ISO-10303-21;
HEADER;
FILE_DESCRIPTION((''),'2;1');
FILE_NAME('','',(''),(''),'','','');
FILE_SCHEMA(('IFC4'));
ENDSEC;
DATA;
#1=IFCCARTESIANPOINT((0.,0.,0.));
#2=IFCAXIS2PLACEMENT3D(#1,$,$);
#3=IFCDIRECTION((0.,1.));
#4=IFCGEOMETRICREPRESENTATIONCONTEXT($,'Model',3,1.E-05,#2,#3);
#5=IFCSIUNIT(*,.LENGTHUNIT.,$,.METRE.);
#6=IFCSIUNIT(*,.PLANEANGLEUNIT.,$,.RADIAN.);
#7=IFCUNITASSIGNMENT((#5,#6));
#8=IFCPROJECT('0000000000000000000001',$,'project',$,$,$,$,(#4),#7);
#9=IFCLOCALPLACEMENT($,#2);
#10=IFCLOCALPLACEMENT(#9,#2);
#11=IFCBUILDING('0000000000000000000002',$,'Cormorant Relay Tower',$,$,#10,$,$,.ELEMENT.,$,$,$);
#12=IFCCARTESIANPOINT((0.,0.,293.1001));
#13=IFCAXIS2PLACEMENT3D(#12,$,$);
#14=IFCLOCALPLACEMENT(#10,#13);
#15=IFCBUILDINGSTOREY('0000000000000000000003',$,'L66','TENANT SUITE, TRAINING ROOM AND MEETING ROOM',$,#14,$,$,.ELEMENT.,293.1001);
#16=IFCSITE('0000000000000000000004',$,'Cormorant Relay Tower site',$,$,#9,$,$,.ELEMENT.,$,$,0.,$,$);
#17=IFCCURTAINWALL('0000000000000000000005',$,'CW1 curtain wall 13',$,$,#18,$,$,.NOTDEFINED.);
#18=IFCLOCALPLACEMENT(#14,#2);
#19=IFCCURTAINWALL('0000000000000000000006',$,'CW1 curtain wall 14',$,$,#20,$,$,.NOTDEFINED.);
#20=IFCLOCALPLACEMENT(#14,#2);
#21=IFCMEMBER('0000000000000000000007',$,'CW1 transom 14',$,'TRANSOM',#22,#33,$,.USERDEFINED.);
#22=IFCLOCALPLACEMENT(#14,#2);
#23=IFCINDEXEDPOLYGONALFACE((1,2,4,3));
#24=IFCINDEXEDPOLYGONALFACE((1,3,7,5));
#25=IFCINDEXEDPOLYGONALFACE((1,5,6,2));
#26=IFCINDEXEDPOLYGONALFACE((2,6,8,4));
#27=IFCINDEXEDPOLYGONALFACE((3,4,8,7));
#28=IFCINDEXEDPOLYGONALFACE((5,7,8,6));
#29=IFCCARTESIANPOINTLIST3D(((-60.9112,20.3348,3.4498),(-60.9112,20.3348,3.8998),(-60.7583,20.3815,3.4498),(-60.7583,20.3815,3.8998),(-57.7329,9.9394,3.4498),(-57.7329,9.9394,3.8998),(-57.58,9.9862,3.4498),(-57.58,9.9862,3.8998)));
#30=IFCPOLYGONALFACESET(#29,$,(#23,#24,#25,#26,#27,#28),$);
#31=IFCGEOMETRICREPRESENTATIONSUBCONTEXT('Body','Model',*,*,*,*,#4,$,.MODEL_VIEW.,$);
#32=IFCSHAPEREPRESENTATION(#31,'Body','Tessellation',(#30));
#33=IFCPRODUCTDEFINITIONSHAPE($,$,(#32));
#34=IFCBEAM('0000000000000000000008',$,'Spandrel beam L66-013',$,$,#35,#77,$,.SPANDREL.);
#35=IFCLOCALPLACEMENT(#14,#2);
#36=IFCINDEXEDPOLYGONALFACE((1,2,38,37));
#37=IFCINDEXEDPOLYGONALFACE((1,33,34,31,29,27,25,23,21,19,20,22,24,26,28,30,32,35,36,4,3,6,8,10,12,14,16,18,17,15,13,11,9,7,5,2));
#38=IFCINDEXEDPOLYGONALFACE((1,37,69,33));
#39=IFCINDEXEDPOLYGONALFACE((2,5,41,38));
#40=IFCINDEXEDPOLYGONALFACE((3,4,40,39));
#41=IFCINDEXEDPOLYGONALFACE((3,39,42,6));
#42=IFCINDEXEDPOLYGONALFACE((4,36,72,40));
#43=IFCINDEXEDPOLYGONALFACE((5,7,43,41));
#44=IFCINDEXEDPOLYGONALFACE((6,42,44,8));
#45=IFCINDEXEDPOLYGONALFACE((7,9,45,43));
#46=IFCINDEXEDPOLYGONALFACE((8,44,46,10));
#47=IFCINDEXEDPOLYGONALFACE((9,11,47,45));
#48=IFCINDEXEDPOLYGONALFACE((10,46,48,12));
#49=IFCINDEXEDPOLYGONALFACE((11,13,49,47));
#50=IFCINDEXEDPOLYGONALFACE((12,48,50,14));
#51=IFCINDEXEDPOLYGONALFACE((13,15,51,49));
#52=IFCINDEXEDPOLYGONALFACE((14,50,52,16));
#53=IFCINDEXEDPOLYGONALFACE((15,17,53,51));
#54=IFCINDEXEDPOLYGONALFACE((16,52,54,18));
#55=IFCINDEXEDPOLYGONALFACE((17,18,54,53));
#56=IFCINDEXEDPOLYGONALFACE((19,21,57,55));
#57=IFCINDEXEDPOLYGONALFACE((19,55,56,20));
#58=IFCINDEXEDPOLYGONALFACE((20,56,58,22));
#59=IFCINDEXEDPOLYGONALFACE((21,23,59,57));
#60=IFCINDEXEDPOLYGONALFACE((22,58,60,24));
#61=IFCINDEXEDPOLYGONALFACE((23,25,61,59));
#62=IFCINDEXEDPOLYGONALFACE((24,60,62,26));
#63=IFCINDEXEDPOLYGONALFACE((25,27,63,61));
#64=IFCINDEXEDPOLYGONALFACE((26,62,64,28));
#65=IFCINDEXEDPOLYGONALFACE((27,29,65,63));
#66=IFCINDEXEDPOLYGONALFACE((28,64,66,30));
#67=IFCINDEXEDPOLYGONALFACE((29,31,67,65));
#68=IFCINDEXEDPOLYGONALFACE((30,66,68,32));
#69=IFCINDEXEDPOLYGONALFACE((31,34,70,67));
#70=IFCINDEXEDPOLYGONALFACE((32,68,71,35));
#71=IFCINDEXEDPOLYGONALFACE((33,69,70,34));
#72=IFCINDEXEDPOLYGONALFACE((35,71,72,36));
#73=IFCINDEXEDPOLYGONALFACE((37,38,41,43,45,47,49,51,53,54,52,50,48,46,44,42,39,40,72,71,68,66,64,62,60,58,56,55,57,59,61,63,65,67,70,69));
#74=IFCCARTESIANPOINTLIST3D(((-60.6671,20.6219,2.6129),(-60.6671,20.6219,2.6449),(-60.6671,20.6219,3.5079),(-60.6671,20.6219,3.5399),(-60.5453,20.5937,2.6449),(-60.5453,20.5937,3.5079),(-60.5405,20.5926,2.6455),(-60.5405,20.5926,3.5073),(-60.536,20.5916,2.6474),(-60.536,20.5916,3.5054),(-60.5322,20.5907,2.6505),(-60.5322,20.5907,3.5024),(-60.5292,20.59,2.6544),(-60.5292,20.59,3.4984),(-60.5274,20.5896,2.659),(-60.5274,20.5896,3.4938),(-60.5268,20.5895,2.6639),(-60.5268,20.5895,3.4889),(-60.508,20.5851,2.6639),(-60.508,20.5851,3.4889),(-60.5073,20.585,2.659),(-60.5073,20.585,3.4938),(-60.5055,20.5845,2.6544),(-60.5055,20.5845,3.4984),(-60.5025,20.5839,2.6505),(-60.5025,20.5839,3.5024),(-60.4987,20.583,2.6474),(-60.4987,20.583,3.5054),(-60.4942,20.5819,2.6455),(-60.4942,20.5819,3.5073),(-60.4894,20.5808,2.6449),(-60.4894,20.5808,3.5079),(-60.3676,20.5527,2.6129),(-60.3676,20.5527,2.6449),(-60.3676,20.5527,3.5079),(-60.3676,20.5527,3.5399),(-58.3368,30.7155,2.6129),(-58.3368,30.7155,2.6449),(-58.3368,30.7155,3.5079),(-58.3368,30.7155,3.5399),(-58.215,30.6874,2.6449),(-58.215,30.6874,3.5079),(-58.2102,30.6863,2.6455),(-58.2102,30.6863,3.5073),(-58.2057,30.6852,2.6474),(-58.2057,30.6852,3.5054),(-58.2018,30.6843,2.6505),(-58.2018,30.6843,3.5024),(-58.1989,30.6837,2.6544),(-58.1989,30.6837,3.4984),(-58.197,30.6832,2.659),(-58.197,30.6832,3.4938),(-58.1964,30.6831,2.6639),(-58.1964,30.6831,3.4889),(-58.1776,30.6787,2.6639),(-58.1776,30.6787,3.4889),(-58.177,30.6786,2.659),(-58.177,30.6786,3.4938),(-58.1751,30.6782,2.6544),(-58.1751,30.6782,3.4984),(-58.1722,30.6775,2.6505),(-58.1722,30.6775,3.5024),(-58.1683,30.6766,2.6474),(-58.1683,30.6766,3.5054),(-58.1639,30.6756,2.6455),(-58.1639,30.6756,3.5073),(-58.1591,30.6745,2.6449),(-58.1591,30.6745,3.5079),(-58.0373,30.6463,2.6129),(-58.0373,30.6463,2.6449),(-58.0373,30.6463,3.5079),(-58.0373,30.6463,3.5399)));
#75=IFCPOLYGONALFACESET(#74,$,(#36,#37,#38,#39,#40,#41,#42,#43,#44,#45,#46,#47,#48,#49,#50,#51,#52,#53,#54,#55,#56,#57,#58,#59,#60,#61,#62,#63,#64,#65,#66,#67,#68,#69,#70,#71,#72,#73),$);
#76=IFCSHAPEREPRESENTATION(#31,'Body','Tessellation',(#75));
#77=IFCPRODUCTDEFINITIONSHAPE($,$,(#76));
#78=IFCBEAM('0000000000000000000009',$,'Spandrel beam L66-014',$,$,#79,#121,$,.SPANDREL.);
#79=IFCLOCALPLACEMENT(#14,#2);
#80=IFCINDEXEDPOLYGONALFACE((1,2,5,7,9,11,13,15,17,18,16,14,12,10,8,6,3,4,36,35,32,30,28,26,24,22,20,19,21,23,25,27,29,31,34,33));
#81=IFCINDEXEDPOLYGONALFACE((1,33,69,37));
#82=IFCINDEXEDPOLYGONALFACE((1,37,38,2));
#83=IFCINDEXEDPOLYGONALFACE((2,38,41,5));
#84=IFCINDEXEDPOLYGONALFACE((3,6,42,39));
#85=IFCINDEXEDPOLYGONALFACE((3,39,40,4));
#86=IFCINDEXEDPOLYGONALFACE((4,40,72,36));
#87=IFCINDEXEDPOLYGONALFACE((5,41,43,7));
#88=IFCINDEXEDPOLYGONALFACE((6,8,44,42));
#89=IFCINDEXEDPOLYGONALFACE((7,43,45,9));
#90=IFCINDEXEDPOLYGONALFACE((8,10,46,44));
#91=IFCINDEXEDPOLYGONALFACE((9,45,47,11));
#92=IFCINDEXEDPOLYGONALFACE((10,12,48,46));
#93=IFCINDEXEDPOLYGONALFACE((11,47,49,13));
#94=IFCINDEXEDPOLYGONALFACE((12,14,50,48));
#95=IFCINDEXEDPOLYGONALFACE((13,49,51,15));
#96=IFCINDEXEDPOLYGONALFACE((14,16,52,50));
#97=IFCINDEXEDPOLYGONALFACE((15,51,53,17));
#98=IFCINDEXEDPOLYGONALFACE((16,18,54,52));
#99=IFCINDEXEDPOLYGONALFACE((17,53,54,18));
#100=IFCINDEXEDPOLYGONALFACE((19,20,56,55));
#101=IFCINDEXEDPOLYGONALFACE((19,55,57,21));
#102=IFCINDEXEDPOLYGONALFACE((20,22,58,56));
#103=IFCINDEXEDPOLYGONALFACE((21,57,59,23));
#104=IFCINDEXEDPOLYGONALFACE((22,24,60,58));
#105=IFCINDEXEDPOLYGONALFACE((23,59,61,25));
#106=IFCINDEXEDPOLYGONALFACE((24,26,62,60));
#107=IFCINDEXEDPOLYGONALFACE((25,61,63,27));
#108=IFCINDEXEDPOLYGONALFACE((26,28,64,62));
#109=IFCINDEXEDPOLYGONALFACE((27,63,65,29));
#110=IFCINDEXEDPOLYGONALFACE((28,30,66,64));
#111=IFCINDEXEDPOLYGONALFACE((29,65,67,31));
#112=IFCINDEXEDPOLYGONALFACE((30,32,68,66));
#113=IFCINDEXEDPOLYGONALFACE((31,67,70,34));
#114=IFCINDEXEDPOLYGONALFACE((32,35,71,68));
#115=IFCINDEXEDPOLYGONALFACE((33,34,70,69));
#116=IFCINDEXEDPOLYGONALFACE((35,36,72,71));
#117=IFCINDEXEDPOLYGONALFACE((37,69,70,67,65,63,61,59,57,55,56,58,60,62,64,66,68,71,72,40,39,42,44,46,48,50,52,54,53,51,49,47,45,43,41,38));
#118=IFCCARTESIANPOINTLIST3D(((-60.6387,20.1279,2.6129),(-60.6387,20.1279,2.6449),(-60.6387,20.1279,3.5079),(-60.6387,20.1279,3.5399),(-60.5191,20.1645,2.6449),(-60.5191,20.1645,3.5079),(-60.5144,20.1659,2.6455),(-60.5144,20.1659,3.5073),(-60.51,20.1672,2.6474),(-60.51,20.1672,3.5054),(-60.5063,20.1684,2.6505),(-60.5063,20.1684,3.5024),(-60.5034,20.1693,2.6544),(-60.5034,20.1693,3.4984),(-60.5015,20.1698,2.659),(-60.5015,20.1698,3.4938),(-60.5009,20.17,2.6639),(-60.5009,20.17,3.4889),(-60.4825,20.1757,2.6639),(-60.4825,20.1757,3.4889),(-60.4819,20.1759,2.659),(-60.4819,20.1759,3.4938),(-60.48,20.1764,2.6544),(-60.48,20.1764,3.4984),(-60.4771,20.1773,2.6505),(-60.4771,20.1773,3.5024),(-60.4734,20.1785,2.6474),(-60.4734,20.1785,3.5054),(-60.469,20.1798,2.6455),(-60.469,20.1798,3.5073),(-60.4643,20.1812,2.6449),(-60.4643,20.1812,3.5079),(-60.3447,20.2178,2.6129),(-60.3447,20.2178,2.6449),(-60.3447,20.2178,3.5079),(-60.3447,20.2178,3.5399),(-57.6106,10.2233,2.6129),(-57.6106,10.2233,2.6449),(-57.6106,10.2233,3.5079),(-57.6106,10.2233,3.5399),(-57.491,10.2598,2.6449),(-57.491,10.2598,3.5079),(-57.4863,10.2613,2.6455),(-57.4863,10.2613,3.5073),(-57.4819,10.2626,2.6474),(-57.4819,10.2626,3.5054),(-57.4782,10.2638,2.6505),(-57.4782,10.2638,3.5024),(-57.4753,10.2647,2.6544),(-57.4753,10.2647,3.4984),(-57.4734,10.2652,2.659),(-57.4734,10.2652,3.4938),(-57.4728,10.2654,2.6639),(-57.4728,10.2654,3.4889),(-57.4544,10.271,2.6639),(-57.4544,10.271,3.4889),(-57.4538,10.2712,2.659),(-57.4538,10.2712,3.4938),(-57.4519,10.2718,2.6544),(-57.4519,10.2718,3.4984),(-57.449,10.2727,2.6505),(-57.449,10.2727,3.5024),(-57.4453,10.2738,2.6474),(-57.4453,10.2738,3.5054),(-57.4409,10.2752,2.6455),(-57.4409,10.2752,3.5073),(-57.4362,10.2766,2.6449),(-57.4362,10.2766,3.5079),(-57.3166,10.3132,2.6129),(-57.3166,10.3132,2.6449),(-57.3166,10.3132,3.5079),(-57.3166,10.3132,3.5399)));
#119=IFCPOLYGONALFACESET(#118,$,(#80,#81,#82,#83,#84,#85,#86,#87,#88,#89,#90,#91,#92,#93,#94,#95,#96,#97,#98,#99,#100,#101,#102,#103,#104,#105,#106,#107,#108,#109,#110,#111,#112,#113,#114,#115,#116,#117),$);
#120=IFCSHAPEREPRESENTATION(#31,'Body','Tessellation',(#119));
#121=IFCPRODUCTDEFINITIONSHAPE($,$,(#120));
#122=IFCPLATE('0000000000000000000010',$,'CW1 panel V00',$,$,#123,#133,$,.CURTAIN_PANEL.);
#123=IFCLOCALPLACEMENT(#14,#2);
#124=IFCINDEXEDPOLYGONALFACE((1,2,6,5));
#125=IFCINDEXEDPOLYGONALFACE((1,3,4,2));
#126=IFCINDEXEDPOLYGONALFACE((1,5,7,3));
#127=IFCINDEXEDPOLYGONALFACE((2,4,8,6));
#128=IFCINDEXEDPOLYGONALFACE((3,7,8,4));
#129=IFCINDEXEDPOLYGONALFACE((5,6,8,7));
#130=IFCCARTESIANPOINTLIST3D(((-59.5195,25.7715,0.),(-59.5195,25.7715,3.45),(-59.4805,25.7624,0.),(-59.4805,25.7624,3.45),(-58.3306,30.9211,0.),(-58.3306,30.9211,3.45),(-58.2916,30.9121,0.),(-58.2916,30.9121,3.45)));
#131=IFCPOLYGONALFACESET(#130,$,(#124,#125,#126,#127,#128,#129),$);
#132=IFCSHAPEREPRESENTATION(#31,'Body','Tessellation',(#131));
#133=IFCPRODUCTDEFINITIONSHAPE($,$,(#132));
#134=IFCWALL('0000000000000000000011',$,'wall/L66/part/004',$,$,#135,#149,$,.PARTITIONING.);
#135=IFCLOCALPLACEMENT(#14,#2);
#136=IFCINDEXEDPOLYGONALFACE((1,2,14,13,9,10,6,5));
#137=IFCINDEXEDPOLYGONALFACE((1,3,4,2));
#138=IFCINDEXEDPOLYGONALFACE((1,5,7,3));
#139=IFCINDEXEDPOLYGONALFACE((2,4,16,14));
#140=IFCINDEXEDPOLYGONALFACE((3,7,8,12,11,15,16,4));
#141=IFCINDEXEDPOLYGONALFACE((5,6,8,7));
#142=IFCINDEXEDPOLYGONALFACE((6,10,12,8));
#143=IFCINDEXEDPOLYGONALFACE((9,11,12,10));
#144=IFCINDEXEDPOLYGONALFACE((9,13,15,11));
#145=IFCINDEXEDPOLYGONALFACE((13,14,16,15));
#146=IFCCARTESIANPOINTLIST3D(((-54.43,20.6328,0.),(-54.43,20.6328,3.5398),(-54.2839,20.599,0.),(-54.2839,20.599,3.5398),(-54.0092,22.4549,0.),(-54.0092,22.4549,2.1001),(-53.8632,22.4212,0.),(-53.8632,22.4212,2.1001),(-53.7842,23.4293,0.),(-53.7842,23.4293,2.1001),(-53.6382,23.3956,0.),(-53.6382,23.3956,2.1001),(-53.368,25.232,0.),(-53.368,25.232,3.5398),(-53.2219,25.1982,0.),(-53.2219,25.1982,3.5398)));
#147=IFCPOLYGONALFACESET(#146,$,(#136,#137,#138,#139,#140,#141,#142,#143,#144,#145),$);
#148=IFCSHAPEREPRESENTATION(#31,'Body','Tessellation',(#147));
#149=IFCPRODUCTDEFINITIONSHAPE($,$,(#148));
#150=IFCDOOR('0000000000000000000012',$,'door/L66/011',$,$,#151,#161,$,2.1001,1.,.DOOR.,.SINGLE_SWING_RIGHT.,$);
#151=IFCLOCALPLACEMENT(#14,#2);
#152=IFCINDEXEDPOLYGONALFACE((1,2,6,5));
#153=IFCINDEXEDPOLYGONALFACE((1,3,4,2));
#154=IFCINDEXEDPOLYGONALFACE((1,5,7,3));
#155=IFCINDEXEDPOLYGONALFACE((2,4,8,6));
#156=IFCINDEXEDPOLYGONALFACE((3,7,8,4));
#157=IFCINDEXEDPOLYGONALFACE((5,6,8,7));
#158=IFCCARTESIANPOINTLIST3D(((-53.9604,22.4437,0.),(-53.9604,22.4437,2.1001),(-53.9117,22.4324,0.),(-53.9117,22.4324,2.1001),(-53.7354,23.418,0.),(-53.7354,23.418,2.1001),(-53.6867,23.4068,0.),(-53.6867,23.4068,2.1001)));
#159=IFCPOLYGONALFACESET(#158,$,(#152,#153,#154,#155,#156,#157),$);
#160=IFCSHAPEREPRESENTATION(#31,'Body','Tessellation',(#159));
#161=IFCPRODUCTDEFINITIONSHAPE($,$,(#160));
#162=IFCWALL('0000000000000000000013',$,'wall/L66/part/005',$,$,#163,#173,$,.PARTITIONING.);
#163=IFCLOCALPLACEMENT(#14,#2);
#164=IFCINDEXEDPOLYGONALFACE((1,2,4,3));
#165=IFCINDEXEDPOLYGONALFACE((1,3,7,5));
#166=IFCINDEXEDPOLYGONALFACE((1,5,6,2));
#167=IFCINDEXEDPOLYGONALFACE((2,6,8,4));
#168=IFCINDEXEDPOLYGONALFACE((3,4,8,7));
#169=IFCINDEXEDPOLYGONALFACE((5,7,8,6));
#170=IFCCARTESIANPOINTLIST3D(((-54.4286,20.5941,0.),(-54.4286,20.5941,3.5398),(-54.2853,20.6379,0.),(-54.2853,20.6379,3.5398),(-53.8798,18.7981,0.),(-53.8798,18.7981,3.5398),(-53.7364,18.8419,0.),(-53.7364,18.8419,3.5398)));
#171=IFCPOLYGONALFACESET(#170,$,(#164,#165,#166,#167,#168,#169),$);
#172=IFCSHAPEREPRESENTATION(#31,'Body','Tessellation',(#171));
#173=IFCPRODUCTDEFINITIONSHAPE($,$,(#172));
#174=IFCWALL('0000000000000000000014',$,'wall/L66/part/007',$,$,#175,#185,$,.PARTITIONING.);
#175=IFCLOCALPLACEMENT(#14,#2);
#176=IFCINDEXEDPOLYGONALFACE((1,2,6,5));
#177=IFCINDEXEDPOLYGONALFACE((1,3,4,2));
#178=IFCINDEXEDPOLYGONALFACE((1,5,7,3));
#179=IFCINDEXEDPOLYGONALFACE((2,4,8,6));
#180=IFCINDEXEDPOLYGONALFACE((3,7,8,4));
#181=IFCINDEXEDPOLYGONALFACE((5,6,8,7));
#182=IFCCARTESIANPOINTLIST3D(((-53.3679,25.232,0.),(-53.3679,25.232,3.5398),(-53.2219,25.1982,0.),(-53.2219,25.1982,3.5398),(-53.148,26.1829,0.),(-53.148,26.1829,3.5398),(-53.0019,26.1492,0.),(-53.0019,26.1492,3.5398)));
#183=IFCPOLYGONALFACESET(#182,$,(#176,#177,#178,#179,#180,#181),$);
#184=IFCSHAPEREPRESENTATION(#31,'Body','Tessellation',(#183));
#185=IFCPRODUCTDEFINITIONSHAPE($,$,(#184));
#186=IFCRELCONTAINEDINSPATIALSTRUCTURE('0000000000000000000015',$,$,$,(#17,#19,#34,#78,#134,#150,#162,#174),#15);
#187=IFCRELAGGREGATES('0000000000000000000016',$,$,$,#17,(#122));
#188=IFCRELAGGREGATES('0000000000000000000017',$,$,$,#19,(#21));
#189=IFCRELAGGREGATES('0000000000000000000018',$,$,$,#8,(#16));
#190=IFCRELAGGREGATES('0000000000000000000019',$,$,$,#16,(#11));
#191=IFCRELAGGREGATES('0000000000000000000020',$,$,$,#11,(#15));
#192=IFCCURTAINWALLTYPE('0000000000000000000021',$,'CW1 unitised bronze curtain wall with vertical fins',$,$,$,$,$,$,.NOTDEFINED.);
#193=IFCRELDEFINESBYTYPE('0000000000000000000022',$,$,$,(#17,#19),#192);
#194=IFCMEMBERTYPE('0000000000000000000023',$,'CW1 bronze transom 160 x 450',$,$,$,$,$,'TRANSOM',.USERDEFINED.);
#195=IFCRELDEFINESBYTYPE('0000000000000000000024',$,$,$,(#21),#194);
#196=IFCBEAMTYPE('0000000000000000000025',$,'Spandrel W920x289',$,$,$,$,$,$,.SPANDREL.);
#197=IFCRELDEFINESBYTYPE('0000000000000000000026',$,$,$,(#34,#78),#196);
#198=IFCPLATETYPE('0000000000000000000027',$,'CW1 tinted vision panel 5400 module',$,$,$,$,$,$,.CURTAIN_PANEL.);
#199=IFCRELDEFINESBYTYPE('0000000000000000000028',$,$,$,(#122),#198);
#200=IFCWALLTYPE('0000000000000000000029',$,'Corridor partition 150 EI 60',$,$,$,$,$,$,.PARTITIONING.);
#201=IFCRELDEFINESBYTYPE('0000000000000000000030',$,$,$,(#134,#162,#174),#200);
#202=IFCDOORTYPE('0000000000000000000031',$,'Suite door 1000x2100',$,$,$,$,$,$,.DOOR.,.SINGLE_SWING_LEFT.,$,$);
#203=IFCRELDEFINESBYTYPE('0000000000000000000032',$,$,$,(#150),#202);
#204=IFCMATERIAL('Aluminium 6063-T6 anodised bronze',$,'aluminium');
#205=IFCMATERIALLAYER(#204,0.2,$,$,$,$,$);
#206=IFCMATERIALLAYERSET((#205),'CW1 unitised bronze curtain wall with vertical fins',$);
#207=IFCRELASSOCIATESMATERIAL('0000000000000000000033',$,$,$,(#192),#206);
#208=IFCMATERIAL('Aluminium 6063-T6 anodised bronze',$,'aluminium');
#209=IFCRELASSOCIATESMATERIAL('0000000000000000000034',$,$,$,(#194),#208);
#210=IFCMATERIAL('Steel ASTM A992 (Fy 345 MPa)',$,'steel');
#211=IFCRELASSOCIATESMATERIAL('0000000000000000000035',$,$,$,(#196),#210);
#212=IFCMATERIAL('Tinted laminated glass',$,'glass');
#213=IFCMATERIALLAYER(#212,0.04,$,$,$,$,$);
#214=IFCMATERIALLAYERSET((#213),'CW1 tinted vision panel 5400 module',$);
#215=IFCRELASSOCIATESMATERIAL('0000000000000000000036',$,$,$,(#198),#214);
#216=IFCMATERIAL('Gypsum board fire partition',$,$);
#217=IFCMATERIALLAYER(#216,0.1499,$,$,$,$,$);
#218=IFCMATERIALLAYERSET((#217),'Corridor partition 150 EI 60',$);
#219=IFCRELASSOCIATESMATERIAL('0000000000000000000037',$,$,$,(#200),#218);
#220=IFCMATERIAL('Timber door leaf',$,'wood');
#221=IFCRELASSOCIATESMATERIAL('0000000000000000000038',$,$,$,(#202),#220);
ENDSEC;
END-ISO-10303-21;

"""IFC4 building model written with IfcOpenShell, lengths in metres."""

from ifc_helpers import new_model, si_unit, direction, frame, frame_2d, origin, origin_2d, place, context, subcontext, project, spatial, rectangle, i_section, extrude, material, layer, layer_set, material_profile, profile_set, type_object, element, fill, aggregate, save


model = new_model("IFC4")

# Units and contexts
model_context = context("Model", 3, precision=1e-05, world=origin(), true_north=direction((0.0, 1.0)))
body_context = subcontext(model_context, "Body", "Model", "MODEL_VIEW")
ifc_project = project(units=[si_unit("LENGTHUNIT", "METRE"), si_unit("PLANEANGLEUNIT", "RADIAN")], contexts=[model_context])

# Site, building, storey
site_placement = place(None, origin())
site = spatial("IfcSite", under=ifc_project, at=site_placement, Name="Cormorant Relay Tower site", CompositionType="ELEMENT", RefElevation=0.0)
building_placement = place(site_placement, origin())
building = spatial("IfcBuilding", under=site, at=building_placement, Name="Cormorant Relay Tower", CompositionType="ELEMENT")
storey_placement = place(building_placement, frame((0.0, 0.0, 293.1001)))
storey = spatial("IfcBuildingStorey", under=building, at=storey_placement, Name="L66", Description="TENANT SUITE, TRAINING ROOM AND MEETING ROOM", CompositionType="ELEMENT", Elevation=293.1001)

# Curtain wall
ifc_material_1 = material(Name="Aluminium 6063-T6 anodised bronze", Category="aluminium")
ifc_layer_1 = layer(ifc_material_1, 0.2)
ifc_layer_set_1 = layer_set([ifc_layer_1], Name="CW1 unitised bronze curtain wall with vertical fins")
curtain_wall_type = type_object("IfcCurtainWallType", Name="CW1 unitised bronze curtain wall with vertical fins", PredefinedType="NOTDEFINED", material=ifc_layer_set_1)
curtain_wall_1_placement = place(storey_placement, origin())
curtain_wall_1 = element("IfcCurtainWall", 1, at=curtain_wall_1_placement, inside=storey, type_object=curtain_wall_type, Name="CW1 curtain wall 13", PredefinedType="NOTDEFINED")

# Curtain wall
curtain_wall_2_placement = place(storey_placement, origin())
curtain_wall_2 = element("IfcCurtainWall", 2, at=curtain_wall_2_placement, inside=storey, type_object=curtain_wall_type, Name="CW1 curtain wall 14", PredefinedType="NOTDEFINED")

# Member
ifc_material_2 = material(Name="Aluminium 6063-T6 anodised bronze", Category="aluminium")
ifc_material_profile_1 = material_profile(ifc_material_2, rectangle(XDim=0.1599, YDim=0.45, at=origin_2d()), Name="AL 160x450")
ifc_profile_set_1 = profile_set([ifc_material_profile_1], Name="Aluminium 6063-T6 anodised bronze")
member_type_1 = type_object("IfcMemberType", Name="CW1 bronze transom 160 x 450", ElementType="TRANSOM", PredefinedType="USERDEFINED", material=ifc_profile_set_1)
member_1_placement = place(storey_placement, frame((-60.8347, 20.3582, 3.6748), z_axis=(0.292378, -0.956303, 0.0), x_axis=(0.956303, 0.292378, 0.0)))
member_1 = element("IfcMember", 3, at=member_1_placement, type_object=member_type_1, Name="CW1 transom 14", ObjectType="TRANSOM", PredefinedType="USERDEFINED", context=body_context, shape_type="SweptSolid", body=[
    extrude(rectangle(XDim=0.1599, YDim=0.45, at=origin_2d()), origin(), (0.0, 0.0, 1.0), 10.8704),
])

# Beams
ifc_material_3 = material(Name="Steel ASTM A992 (Fy 345 MPa)", Category="steel")
ifc_material_profile_2 = material_profile(ifc_material_3, i_section(OverallWidth=0.3074, OverallDepth=0.927, WebThickness=0.0193, FlangeThickness=0.032, FilletRadius=0.019, at=origin_2d()), Name="W920x289")
ifc_profile_set_2 = profile_set([ifc_material_profile_2], Name="Steel ASTM A992 (Fy 345 MPa)")
beam_type = type_object("IfcBeamType", Name="Spandrel W920x289", PredefinedType="SPANDREL", material=ifc_profile_set_2)
beam_1_placement = place(storey_placement, frame((-58.187, 30.6809, 3.0764), z_axis=(-0.224956, -0.974369, 0.0), x_axis=(0.974369, -0.224956, 0.0)))
element("IfcBeam", 4, at=beam_1_placement, inside=storey, type_object=beam_type, Name="Spandrel beam L66-013", PredefinedType="SPANDREL", context=body_context, shape_type="SweptSolid", body=[
    extrude(i_section(OverallWidth=0.3074, OverallDepth=0.927, WebThickness=0.0193, FlangeThickness=0.032, FilletRadius=0.019, at=origin_2d()), origin(), (0.0, 0.0, 1.0), 10.3591),
])
beam_2_placement = place(storey_placement, frame((-60.4917, 20.1729, 3.0764), z_axis=(0.292368, -0.956306, 0.0), x_axis=(0.956306, 0.292368, 0.0)))
element("IfcBeam", 5, at=beam_2_placement, inside=storey, type_object=beam_type, Name="Spandrel beam L66-014", PredefinedType="SPANDREL", context=body_context, shape_type="SweptSolid", body=[
    extrude(i_section(OverallWidth=0.3074, OverallDepth=0.927, WebThickness=0.0193, FlangeThickness=0.032, FilletRadius=0.019, at=origin_2d()), origin(), (0.0, 0.0, 1.0), 10.3572),
])

# Plate
ifc_material_4 = material(Name="Tinted laminated glass", Category="glass")
ifc_layer_2 = layer(ifc_material_4, 0.04)
ifc_layer_set_2 = layer_set([ifc_layer_2], Name="CW1 tinted vision panel 5400 module")
plate_type = type_object("IfcPlateType", Name="CW1 tinted vision panel 5400 module", PredefinedType="CURTAIN_PANEL", material=ifc_layer_set_2)
plate_placement = place(storey_placement, frame((-58.9055, 28.3418, 0.0), z_axis=(0.0, 0.0, 1.0), x_axis=(-0.224951, -0.97437, 0.0)))
plate = element("IfcPlate", 6, at=plate_placement, type_object=plate_type, Name="CW1 panel V00", PredefinedType="CURTAIN_PANEL", context=body_context, shape_type="SweptSolid", body=[
    extrude(rectangle(XDim=5.2852, YDim=0.04, at=origin_2d()), origin(), (0.0, 0.0, 1.0), 3.45),
])

# Wall, opening, door
ifc_material_5 = material(Name="Gypsum board fire partition")
ifc_layer_3 = layer(ifc_material_5, 0.1499)
ifc_layer_set_3 = layer_set([ifc_layer_3], Name="Corridor partition 150 EI 60")
wall_type_1 = type_object("IfcWallType", Name="Corridor partition 150 EI 60", PredefinedType="PARTITIONING", material=ifc_layer_set_3)
wall_1_placement = place(storey_placement, frame((-53.2949, 25.2151, 0.0), z_axis=(0.0, 0.0, 1.0), x_axis=(-0.224995, -0.97436, 0.0)))
wall_1 = element("IfcWall", 7, at=wall_1_placement, inside=storey, type_object=wall_type_1, Name="wall/L66/part/004", PredefinedType="PARTITIONING", context=body_context, shape_type="SweptSolid", body=[
    extrude(rectangle(XDim=4.7202, YDim=0.1499, at=frame_2d((2.3601, 0.0))), origin(), (0.0, 0.0, 1.0), 3.5398),
])
opening_1_placement = place(wall_1_placement, frame((1.8501, 0.0, 0.0)))
opening_1 = element("IfcOpeningElement", 8, at=opening_1_placement, cuts=wall_1, PredefinedType="OPENING", context=body_context, shape_type="SweptSolid", body=[
    extrude(rectangle(XDim=1.0, YDim=2.1001, at=frame_2d((0.5, 1.05))), frame((0.0, 0.085, 0.0), z_axis=(0.0, -1.0, 0.0), x_axis=(1.0, 0.0, 0.0)), (0.0, 0.0, 1.0), 0.1699),
])
ifc_material_6 = material(Name="Timber door leaf", Category="wood")
door_type = type_object("IfcDoorType", Name="Suite door 1000x2100", OperationType="SINGLE_SWING_LEFT", PredefinedType="DOOR", material=ifc_material_6)
door_1_placement = place(opening_1_placement, frame((1.0, 0.0, 0.0), z_axis=(0.0, 0.0, 1.0), x_axis=(-1.0, 0.0, 0.0)))
door_1 = element("IfcDoor", 9, at=door_1_placement, inside=storey, type_object=door_type, Name="door/L66/011", OperationType="SINGLE_SWING_RIGHT", OverallHeight=2.1001, OverallWidth=1.0, PredefinedType="DOOR", context=body_context, shape_type="SweptSolid", body=[
    extrude(rectangle(XDim=1.0, YDim=2.1001, at=frame_2d((0.5, 1.05))), frame((0.0, 0.0249, 0.0), z_axis=(0.0, -1.0, 0.0), x_axis=(1.0, 0.0, 0.0)), (0.0, 0.0, 1.0), 0.05),
])
fill(opening_1, door_1)

# Walls
wall_2_placement = place(storey_placement, frame((-54.3569, 20.616, 0.0), z_axis=(0.0, 0.0, 1.0), x_axis=(0.292258, -0.956339, 0.0)))
element("IfcWall", 10, at=wall_2_placement, inside=storey, type_object=wall_type_1, Name="wall/L66/part/005", PredefinedType="PARTITIONING", context=body_context, shape_type="SweptSolid", body=[
    extrude(rectangle(XDim=1.8779, YDim=0.1499, at=frame_2d((0.939, 0.0))), origin(), (0.0, 0.0, 1.0), 3.5398),
])
wall_3_placement = place(storey_placement, frame((-53.2949, 25.2151, 0.0), z_axis=(0.0, 0.0, 1.0), x_axis=(0.225371, 0.974273, 0.0)))
element("IfcWall", 11, at=wall_3_placement, inside=storey, type_object=wall_type_1, Name="wall/L66/part/007", PredefinedType="PARTITIONING", context=body_context, shape_type="SweptSolid", body=[
    extrude(rectangle(XDim=0.9761, YDim=0.1499, at=frame_2d((0.488, 0.0))), origin(), (0.0, 0.0, 1.0), 3.5398),
])

aggregate(curtain_wall_1, [plate])
aggregate(curtain_wall_2, [member_1])

save(model, "model.ifc")
